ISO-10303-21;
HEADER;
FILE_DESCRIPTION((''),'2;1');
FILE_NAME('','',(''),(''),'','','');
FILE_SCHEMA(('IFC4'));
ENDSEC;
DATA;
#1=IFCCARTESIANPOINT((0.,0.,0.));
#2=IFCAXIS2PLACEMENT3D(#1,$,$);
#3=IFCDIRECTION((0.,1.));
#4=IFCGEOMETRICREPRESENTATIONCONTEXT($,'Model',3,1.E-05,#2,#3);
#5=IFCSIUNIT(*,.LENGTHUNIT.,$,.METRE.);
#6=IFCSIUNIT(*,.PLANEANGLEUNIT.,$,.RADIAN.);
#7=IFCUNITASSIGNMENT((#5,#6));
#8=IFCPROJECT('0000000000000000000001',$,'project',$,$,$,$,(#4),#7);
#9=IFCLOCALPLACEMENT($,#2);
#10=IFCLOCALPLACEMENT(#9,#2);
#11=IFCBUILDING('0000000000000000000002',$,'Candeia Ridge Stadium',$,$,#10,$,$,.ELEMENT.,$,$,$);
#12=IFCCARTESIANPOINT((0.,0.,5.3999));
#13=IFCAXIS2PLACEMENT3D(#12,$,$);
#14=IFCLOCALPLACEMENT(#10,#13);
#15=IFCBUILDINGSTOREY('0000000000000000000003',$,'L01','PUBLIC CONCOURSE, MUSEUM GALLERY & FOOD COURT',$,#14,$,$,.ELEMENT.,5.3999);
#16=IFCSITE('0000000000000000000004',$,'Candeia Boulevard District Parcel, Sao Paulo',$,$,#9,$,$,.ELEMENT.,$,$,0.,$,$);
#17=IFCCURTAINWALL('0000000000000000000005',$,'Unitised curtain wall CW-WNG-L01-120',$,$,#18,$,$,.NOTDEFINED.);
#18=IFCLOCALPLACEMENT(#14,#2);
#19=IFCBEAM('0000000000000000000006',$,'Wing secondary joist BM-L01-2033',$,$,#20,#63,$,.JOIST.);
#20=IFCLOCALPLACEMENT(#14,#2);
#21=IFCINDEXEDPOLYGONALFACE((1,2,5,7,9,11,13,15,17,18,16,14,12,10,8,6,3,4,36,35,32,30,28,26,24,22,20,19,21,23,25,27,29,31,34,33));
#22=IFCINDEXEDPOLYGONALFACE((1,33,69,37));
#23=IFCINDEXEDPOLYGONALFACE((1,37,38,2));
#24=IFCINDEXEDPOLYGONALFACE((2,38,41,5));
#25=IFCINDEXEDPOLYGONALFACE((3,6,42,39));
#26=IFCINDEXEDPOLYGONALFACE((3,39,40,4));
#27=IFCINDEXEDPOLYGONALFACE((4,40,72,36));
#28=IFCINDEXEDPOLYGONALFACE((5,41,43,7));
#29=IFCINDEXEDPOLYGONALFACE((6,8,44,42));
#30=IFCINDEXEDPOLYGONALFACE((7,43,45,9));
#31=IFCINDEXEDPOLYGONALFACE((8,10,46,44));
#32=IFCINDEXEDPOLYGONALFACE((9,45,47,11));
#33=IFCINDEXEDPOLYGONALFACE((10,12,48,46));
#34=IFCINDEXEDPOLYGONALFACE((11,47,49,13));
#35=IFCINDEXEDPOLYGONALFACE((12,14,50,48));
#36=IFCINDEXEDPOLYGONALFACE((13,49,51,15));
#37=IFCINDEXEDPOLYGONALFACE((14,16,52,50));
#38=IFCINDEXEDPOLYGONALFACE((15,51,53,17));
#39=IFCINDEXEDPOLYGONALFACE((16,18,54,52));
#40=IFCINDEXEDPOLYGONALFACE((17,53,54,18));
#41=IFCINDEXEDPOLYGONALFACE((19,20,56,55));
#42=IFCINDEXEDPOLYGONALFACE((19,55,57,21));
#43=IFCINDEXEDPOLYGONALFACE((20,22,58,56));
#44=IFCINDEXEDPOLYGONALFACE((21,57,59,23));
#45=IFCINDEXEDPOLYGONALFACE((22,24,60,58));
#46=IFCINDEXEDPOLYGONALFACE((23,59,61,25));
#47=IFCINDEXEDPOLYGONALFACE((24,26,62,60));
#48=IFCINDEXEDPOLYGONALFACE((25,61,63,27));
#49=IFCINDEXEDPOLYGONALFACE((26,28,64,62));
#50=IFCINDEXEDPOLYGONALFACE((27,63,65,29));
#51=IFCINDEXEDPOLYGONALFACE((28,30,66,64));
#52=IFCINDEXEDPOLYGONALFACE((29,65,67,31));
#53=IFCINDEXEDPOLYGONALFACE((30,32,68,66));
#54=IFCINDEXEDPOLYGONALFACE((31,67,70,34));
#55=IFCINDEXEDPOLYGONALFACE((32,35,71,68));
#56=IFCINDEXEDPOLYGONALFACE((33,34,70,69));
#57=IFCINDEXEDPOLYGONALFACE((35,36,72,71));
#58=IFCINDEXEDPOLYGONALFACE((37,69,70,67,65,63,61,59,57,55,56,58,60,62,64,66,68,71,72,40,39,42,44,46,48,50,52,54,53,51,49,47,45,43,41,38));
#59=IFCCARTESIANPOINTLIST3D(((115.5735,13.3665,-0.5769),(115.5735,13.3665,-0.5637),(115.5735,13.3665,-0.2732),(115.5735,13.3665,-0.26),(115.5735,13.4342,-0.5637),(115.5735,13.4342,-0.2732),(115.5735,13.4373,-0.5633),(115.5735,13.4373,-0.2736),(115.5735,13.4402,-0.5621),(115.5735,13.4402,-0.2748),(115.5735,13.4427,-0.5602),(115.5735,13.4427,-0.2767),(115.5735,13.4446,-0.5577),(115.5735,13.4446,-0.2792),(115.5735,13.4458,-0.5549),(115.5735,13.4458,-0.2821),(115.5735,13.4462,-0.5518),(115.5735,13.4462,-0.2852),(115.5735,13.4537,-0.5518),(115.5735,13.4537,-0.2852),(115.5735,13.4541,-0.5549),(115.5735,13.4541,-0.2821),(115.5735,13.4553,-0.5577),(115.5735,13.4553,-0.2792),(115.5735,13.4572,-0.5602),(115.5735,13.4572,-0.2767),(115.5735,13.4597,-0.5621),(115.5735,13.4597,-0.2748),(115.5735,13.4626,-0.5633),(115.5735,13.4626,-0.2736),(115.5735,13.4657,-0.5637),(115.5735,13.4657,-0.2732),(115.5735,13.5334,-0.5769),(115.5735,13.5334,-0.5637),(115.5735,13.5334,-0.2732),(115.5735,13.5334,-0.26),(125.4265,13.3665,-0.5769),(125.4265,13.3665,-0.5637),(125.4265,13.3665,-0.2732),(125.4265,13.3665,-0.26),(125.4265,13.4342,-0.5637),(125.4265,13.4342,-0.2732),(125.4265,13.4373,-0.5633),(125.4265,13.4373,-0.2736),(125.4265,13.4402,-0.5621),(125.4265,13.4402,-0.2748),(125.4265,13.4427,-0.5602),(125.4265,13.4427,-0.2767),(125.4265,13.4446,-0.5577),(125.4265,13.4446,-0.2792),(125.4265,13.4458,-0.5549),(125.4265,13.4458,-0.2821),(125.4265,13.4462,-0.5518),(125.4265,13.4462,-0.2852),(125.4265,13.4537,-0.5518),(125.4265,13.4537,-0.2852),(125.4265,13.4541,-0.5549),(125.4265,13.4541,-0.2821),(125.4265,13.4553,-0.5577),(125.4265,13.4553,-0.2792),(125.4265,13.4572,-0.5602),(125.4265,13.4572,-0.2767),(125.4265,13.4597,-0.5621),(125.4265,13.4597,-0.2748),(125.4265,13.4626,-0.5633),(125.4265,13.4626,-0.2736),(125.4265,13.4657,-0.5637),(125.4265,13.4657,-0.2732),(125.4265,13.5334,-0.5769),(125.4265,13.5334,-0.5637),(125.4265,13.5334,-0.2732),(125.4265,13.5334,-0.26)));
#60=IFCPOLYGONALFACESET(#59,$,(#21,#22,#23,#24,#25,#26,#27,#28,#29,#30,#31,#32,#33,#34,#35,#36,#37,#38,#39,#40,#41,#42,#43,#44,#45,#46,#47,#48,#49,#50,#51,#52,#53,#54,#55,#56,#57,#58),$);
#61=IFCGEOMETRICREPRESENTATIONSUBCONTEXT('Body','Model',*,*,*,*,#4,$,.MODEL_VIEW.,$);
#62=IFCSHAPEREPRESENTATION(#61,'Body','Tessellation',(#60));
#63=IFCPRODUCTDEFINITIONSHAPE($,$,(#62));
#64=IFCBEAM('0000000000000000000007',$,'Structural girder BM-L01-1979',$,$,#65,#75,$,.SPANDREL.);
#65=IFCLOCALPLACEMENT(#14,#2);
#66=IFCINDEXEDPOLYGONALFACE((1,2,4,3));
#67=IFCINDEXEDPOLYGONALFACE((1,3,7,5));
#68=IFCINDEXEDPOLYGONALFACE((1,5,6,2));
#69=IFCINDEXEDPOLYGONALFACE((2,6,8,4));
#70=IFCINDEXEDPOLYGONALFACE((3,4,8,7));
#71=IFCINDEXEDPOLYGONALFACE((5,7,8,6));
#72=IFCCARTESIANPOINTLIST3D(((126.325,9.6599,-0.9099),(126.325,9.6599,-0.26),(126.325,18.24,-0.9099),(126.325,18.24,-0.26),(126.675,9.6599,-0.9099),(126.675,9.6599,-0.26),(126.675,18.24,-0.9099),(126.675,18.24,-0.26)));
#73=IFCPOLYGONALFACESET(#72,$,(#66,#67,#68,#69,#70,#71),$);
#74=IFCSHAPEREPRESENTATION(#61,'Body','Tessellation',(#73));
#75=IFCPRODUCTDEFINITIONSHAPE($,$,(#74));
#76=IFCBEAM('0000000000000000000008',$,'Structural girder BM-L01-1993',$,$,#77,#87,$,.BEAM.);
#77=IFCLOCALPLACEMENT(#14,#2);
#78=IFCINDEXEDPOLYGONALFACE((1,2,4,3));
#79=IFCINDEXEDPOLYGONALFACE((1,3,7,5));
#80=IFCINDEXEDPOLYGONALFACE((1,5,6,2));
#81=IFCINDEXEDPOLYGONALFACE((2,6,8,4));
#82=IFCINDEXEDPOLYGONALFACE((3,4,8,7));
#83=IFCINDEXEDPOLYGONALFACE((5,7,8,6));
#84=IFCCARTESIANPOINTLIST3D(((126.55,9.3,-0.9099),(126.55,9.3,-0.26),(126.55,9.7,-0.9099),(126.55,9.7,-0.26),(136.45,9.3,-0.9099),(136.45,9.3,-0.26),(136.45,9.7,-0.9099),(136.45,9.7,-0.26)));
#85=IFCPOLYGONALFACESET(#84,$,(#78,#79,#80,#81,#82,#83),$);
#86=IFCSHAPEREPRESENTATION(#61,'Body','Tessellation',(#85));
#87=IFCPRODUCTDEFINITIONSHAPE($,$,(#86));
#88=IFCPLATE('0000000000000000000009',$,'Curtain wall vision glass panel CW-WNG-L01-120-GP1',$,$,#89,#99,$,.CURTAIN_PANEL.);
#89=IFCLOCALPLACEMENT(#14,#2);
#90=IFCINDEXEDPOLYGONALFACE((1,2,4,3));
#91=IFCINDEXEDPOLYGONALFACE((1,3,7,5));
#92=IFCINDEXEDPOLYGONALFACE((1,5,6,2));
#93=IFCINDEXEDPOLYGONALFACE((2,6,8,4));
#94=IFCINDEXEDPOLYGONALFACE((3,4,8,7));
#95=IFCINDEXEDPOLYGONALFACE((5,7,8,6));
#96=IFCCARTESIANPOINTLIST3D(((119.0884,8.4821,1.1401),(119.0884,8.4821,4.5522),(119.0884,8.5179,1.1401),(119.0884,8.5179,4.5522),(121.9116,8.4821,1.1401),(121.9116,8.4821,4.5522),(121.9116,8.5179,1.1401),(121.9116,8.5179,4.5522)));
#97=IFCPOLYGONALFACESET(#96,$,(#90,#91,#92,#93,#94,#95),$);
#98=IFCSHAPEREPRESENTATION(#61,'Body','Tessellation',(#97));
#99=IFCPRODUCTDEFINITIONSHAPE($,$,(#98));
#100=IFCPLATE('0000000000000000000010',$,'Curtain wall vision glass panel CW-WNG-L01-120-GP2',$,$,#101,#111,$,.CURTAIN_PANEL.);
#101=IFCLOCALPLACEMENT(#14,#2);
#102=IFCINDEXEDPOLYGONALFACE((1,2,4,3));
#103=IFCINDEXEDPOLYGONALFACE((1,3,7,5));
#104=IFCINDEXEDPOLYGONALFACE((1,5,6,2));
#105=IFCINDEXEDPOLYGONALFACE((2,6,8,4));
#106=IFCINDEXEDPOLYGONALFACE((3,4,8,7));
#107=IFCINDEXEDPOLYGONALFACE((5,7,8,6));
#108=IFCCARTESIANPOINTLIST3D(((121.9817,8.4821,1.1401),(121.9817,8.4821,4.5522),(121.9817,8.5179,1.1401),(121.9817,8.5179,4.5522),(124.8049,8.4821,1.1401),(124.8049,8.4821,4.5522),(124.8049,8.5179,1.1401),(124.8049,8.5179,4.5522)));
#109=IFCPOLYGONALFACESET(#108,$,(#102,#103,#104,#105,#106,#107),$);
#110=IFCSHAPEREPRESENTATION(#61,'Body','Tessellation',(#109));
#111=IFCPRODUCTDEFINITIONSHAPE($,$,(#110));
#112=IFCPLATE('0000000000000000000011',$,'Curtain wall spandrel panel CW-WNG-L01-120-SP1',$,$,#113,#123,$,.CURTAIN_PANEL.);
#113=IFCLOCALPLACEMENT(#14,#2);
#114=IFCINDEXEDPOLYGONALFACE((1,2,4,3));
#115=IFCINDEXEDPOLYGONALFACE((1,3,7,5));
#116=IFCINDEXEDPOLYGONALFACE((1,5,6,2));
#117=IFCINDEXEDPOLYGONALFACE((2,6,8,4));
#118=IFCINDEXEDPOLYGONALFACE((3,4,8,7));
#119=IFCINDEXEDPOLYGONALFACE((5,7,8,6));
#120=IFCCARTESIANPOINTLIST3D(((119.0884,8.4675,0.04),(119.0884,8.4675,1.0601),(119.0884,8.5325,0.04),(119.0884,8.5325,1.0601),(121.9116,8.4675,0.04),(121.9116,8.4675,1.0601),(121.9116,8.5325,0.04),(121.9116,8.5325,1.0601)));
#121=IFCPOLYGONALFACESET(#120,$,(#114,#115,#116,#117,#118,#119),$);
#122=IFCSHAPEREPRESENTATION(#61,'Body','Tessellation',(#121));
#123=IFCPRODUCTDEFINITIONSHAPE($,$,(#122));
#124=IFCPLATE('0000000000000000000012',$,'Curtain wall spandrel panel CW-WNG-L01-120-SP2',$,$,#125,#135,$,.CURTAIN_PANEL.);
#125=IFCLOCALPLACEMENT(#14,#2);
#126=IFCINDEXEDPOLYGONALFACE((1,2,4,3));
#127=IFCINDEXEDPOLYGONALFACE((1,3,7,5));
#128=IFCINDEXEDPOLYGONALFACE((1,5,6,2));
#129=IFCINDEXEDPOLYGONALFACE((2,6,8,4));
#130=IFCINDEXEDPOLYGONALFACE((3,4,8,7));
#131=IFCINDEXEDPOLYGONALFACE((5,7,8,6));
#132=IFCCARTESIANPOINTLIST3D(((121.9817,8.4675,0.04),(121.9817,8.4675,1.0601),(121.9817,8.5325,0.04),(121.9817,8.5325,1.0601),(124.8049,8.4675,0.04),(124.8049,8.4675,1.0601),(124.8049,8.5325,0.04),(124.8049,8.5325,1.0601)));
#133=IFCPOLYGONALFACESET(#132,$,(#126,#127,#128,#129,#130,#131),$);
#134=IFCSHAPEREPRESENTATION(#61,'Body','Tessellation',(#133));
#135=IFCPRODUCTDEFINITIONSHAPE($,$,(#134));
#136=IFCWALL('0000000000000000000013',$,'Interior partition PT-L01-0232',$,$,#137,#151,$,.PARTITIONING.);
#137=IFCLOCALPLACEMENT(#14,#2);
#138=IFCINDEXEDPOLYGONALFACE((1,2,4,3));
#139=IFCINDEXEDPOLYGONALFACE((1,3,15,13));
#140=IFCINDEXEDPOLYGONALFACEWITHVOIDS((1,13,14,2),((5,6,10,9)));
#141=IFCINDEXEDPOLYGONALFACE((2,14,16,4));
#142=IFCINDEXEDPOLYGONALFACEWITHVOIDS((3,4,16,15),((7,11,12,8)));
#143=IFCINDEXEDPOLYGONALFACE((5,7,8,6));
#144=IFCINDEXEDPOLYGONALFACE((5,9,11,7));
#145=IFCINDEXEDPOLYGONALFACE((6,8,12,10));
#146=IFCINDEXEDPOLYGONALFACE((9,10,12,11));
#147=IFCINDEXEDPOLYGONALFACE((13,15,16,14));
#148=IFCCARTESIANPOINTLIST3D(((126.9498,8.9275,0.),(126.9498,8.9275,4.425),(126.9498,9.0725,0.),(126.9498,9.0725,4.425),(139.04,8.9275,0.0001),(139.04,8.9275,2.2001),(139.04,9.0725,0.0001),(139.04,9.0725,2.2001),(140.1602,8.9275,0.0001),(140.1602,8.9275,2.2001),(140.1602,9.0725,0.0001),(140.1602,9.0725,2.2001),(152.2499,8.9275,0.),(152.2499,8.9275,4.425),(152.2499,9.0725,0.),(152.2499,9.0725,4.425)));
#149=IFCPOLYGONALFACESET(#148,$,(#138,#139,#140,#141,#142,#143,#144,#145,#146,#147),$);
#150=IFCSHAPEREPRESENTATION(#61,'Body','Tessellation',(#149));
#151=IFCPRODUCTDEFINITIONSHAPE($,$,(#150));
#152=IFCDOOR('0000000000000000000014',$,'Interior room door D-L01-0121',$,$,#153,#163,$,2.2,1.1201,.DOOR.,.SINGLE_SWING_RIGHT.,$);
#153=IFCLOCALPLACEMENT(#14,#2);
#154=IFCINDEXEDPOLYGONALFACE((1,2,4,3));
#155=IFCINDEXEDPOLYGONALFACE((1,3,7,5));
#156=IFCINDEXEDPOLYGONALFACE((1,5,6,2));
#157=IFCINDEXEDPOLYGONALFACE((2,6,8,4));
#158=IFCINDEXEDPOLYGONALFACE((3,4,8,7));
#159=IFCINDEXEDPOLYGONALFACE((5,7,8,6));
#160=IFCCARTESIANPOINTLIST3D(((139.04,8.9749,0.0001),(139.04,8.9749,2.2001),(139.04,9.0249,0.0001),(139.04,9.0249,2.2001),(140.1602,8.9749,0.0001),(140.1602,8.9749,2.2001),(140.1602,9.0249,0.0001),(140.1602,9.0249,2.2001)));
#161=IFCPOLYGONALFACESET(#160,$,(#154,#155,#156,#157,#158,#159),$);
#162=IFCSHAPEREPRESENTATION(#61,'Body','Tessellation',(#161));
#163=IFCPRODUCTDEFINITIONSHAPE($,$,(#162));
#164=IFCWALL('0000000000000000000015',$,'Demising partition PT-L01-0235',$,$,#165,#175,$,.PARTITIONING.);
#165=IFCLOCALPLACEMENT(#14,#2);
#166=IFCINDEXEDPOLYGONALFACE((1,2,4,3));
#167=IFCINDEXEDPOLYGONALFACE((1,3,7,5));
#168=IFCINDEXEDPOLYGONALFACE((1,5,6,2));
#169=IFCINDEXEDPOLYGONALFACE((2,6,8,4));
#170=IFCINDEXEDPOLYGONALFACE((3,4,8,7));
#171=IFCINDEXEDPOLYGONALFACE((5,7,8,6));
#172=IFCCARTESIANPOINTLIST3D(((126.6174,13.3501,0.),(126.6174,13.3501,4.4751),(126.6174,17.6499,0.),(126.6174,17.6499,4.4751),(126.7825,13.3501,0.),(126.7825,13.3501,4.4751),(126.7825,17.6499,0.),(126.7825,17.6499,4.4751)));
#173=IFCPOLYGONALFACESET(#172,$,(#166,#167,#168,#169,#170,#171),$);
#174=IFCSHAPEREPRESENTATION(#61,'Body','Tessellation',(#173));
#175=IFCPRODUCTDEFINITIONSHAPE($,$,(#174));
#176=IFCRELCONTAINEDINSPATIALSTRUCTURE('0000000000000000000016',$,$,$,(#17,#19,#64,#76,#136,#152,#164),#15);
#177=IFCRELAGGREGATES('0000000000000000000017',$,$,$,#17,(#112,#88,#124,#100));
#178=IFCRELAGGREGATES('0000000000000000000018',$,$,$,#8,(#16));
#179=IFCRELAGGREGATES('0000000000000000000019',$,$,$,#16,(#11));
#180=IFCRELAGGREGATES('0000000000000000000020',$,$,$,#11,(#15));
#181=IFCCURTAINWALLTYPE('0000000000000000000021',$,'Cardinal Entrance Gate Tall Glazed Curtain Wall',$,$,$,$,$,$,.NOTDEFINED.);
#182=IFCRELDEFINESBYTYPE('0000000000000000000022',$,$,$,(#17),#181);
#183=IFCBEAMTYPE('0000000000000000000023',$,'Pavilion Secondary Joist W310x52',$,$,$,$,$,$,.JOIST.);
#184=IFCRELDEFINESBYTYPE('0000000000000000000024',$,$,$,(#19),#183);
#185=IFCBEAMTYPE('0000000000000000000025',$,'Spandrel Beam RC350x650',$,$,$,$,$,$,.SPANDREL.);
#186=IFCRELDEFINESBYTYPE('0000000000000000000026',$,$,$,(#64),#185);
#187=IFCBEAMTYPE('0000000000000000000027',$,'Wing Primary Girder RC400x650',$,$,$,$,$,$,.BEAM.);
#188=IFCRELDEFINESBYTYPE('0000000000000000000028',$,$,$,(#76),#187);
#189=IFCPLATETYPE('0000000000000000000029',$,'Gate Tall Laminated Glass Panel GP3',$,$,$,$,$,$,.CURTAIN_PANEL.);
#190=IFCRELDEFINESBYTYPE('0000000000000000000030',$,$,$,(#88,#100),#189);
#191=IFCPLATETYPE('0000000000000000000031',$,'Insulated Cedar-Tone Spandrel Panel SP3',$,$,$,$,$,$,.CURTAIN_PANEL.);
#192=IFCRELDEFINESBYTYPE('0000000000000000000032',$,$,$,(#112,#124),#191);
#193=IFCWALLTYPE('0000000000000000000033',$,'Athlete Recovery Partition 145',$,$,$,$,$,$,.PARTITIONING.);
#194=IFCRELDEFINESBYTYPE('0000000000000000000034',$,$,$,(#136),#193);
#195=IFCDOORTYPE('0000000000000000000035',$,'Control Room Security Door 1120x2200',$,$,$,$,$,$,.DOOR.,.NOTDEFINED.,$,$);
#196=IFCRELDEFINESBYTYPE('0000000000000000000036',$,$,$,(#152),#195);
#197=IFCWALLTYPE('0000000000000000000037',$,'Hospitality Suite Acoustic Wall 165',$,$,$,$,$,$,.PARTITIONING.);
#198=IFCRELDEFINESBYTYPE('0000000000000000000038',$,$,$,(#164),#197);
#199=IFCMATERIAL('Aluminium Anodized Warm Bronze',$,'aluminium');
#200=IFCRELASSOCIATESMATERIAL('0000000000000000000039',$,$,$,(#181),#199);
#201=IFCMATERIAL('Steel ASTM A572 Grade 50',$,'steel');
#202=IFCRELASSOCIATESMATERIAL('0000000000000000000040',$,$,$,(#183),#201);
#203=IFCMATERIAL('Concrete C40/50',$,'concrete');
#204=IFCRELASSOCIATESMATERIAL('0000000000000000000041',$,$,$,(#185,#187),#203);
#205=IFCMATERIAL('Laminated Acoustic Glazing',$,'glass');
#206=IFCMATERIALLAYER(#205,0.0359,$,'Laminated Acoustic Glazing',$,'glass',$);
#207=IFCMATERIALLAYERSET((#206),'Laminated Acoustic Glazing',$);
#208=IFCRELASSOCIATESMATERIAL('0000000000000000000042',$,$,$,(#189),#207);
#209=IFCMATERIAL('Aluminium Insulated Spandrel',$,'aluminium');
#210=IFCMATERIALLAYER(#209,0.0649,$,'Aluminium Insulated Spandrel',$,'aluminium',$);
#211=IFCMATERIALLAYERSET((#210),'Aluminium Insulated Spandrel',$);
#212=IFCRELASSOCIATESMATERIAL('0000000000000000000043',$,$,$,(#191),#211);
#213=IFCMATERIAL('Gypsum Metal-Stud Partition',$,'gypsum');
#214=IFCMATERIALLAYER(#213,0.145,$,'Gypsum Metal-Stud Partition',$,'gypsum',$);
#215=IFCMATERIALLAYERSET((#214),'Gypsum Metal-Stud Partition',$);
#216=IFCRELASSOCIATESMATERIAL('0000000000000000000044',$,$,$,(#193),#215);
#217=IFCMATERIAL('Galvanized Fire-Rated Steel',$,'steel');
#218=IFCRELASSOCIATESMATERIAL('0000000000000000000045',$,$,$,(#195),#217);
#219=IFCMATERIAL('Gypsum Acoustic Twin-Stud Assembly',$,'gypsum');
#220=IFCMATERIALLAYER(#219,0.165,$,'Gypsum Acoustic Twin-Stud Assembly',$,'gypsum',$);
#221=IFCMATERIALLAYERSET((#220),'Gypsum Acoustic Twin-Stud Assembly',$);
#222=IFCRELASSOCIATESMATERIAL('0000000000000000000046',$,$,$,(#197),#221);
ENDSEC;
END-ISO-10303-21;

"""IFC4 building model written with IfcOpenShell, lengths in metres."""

from ifc_helpers import new_model, si_unit, direction, frame, frame_2d, origin, origin_2d, place, context, subcontext, project, spatial, rectangle, i_section, extrude, material, layer, layer_set, material_profile, profile_set, type_object, element, fill, aggregate, save


model = new_model("IFC4")

# Units and contexts
model_context = context("Model", 3, precision=1e-05, world=origin(), true_north=direction((0.0, 1.0)))
body_context = subcontext(model_context, "Body", "Model", "MODEL_VIEW")
ifc_project = project(units=[si_unit("LENGTHUNIT", "METRE"), si_unit("PLANEANGLEUNIT", "RADIAN")], contexts=[model_context])

# Site, building, storey
site_placement = place(None, origin())
site = spatial("IfcSite", under=ifc_project, at=site_placement, Name="Candeia Boulevard District Parcel, Sao Paulo", CompositionType="ELEMENT", RefElevation=0.0)
building_placement = place(site_placement, origin())
building = spatial("IfcBuilding", under=site, at=building_placement, Name="Candeia Ridge Stadium", CompositionType="ELEMENT")
storey_placement = place(building_placement, frame((0.0, 0.0, 5.3999)))
storey = spatial("IfcBuildingStorey", under=building, at=storey_placement, Name="L01", Description="PUBLIC CONCOURSE, MUSEUM GALLERY & FOOD COURT", CompositionType="ELEMENT", Elevation=5.3999)

# Shared definitions
ifc_material_1 = material(Name="Steel ASTM A572 Grade 50", Category="steel")
ifc_material_2 = material(Name="Concrete C40/50", Category="concrete")

# Curtain wall
ifc_material_3 = material(Name="Aluminium Anodized Warm Bronze", Category="aluminium")
curtain_wall_type = type_object("IfcCurtainWallType", Name="Cardinal Entrance Gate Tall Glazed Curtain Wall", PredefinedType="NOTDEFINED", material=ifc_material_3)
curtain_wall_placement = place(storey_placement, origin())
curtain_wall = element("IfcCurtainWall", 1, at=curtain_wall_placement, inside=storey, type_object=curtain_wall_type, Name="Unitised curtain wall CW-WNG-L01-120", PredefinedType="NOTDEFINED")

# Beams
ifc_material_profile_1 = material_profile(ifc_material_1, i_section(OverallWidth=0.167, OverallDepth=0.3169, WebThickness=0.0076, FlangeThickness=0.0132, FilletRadius=0.012, at=origin_2d()), Name="W310x52", Category="steel")
ifc_profile_set_1 = profile_set([ifc_material_profile_1], Name="Steel ASTM A572 Grade 50")
beam_type_1 = type_object("IfcBeamType", Name="Pavilion Secondary Joist W310x52", PredefinedType="JOIST", material=ifc_profile_set_1)
beam_1_placement = place(storey_placement, frame((115.5735, 13.45, -0.4185), z_axis=(1.0, 0.0, 0.0), x_axis=(0.0, 1.0, 0.0)))
element("IfcBeam", 2, at=beam_1_placement, inside=storey, type_object=beam_type_1, Name="Wing secondary joist BM-L01-2033", PredefinedType="JOIST", context=body_context, shape_type="SweptSolid", body=[
    extrude(i_section(OverallWidth=0.167, OverallDepth=0.3169, WebThickness=0.0076, FlangeThickness=0.0132, FilletRadius=0.012, at=origin_2d()), origin(), (0.0, 0.0, 1.0), 9.853),
])
ifc_material_profile_2 = material_profile(ifc_material_2, rectangle(XDim=0.3501, YDim=0.6499, at=origin_2d()), Name="RC350x650", Category="concrete")
ifc_profile_set_2 = profile_set([ifc_material_profile_2], Name="Concrete C40/50")
beam_type_2 = type_object("IfcBeamType", Name="Spandrel Beam RC350x650", PredefinedType="SPANDREL", material=ifc_profile_set_2)
beam_2_placement = place(storey_placement, frame((126.5, 9.6599, -0.585), z_axis=(0.0, 1.0, 0.0), x_axis=(-1.0, 0.0, 0.0)))
element("IfcBeam", 3, at=beam_2_placement, inside=storey, type_object=beam_type_2, Name="Structural girder BM-L01-1979", PredefinedType="SPANDREL", context=body_context, shape_type="SweptSolid", body=[
    extrude(rectangle(XDim=0.3501, YDim=0.6499, at=origin_2d()), origin(), (0.0, 0.0, 1.0), 8.5801),
])
ifc_material_profile_3 = material_profile(ifc_material_2, rectangle(XDim=0.3999, YDim=0.6499, at=origin_2d()), Name="RC400x650", Category="concrete")
ifc_profile_set_3 = profile_set([ifc_material_profile_3], Name="Concrete C40/50")
beam_type_3 = type_object("IfcBeamType", Name="Wing Primary Girder RC400x650", PredefinedType="BEAM", material=ifc_profile_set_3)
beam_3_placement = place(storey_placement, frame((126.55, 9.5, -0.585), z_axis=(1.0, 0.0, 0.0), x_axis=(0.0, 1.0, 0.0)))
element("IfcBeam", 4, at=beam_3_placement, inside=storey, type_object=beam_type_3, Name="Structural girder BM-L01-1993", PredefinedType="BEAM", context=body_context, shape_type="SweptSolid", body=[
    extrude(rectangle(XDim=0.3999, YDim=0.6499, at=origin_2d()), origin(), (0.0, 0.0, 1.0), 9.8999),
])

# Plates
ifc_material_4 = material(Name="Laminated Acoustic Glazing", Category="glass")
ifc_layer_1 = layer(ifc_material_4, 0.0359, Name="Laminated Acoustic Glazing", Category="glass")
ifc_layer_set_1 = layer_set([ifc_layer_1], Name="Laminated Acoustic Glazing")
plate_type_1 = type_object("IfcPlateType", Name="Gate Tall Laminated Glass Panel GP3", PredefinedType="CURTAIN_PANEL", material=ifc_layer_set_1)
plate_1_placement = place(storey_placement, frame((120.5, 8.5, 1.1401), z_axis=(0.0, 0.0, 1.0), x_axis=(1.0, 0.0, 0.0)))
plate_1 = element("IfcPlate", 5, at=plate_1_placement, type_object=plate_type_1, Name="Curtain wall vision glass panel CW-WNG-L01-120-GP1", PredefinedType="CURTAIN_PANEL", context=body_context, shape_type="SweptSolid", body=[
    extrude(rectangle(XDim=2.8232, YDim=0.0359, at=origin_2d()), origin(), (0.0, 0.0, 1.0), 3.4121),
])
plate_2_placement = place(storey_placement, frame((123.3933, 8.5, 1.1401), z_axis=(0.0, 0.0, 1.0), x_axis=(1.0, 0.0, 0.0)))
plate_2 = element("IfcPlate", 6, at=plate_2_placement, type_object=plate_type_1, Name="Curtain wall vision glass panel CW-WNG-L01-120-GP2", PredefinedType="CURTAIN_PANEL", context=body_context, shape_type="SweptSolid", body=[
    extrude(rectangle(XDim=2.8232, YDim=0.0359, at=origin_2d()), origin(), (0.0, 0.0, 1.0), 3.4121),
])
ifc_material_5 = material(Name="Aluminium Insulated Spandrel", Category="aluminium")
ifc_layer_2 = layer(ifc_material_5, 0.0649, Name="Aluminium Insulated Spandrel", Category="aluminium")
ifc_layer_set_2 = layer_set([ifc_layer_2], Name="Aluminium Insulated Spandrel")
plate_type_2 = type_object("IfcPlateType", Name="Insulated Cedar-Tone Spandrel Panel SP3", PredefinedType="CURTAIN_PANEL", material=ifc_layer_set_2)
plate_3_placement = place(storey_placement, frame((120.5, 8.5, 0.04), z_axis=(0.0, 0.0, 1.0), x_axis=(1.0, 0.0, 0.0)))
plate_3 = element("IfcPlate", 7, at=plate_3_placement, type_object=plate_type_2, Name="Curtain wall spandrel panel CW-WNG-L01-120-SP1", PredefinedType="CURTAIN_PANEL", context=body_context, shape_type="SweptSolid", body=[
    extrude(rectangle(XDim=2.8232, YDim=0.0649, at=origin_2d()), origin(), (0.0, 0.0, 1.0), 1.02),
])
plate_4_placement = place(storey_placement, frame((123.3933, 8.5, 0.04), z_axis=(0.0, 0.0, 1.0), x_axis=(1.0, 0.0, 0.0)))
plate_4 = element("IfcPlate", 8, at=plate_4_placement, type_object=plate_type_2, Name="Curtain wall spandrel panel CW-WNG-L01-120-SP2", PredefinedType="CURTAIN_PANEL", context=body_context, shape_type="SweptSolid", body=[
    extrude(rectangle(XDim=2.8232, YDim=0.0649, at=origin_2d()), origin(), (0.0, 0.0, 1.0), 1.02),
])
aggregate(curtain_wall, [plate_3, plate_1, plate_4, plate_2])

# Wall, opening, door
ifc_material_6 = material(Name="Gypsum Metal-Stud Partition", Category="gypsum")
ifc_layer_3 = layer(ifc_material_6, 0.145, Name="Gypsum Metal-Stud Partition", Category="gypsum")
ifc_layer_set_3 = layer_set([ifc_layer_3], Name="Gypsum Metal-Stud Partition")
wall_type_1 = type_object("IfcWallType", Name="Athlete Recovery Partition 145", PredefinedType="PARTITIONING", material=ifc_layer_set_3)
wall_1_placement = place(storey_placement, frame((126.95, 9.0, 0.0), z_axis=(0.0, 0.0, 1.0), x_axis=(1.0, 0.0, 0.0)))
wall_1 = element("IfcWall", 9, at=wall_1_placement, inside=storey, type_object=wall_type_1, Name="Interior partition PT-L01-0232", PredefinedType="PARTITIONING", context=body_context, shape_type="SweptSolid", body=[
    extrude(rectangle(XDim=25.3, YDim=0.145, at=frame_2d((12.6499, 0.0))), origin(), (0.0, 0.0, 1.0), 4.425),
])
opening_placement = place(wall_1_placement, frame((12.0901, 0.0, 0.0)))
opening = element("IfcOpeningElement", 10, at=opening_placement, cuts=wall_1, PredefinedType="OPENING", context=body_context, shape_type="SweptSolid", body=[
    extrude(rectangle(XDim=1.1201, YDim=2.2, at=frame_2d((0.5601, 1.1001))), frame((0.0, 0.0825, 0.0), z_axis=(0.0, -1.0, 0.0), x_axis=(1.0, 0.0, 0.0)), (0.0, 0.0, 1.0), 0.165),
])
ifc_material_7 = material(Name="Galvanized Fire-Rated Steel", Category="steel")
door_type = type_object("IfcDoorType", Name="Control Room Security Door 1120x2200", OperationType="NOTDEFINED", PredefinedType="DOOR", material=ifc_material_7)
door_placement = place(opening_placement, origin())
door = element("IfcDoor", 11, at=door_placement, inside=storey, type_object=door_type, Name="Interior room door D-L01-0121", OperationType="SINGLE_SWING_RIGHT", OverallHeight=2.2, OverallWidth=1.1201, PredefinedType="DOOR", context=body_context, shape_type="SweptSolid", body=[
    extrude(rectangle(XDim=1.1201, YDim=2.2, at=frame_2d((0.5601, 1.1001))), frame((0.0, 0.0249, 0.0), z_axis=(0.0, -1.0, 0.0), x_axis=(1.0, 0.0, 0.0)), (0.0, 0.0, 1.0), 0.05),
])
fill(opening, door)

# Wall
ifc_material_8 = material(Name="Gypsum Acoustic Twin-Stud Assembly", Category="gypsum")
ifc_layer_4 = layer(ifc_material_8, 0.165, Name="Gypsum Acoustic Twin-Stud Assembly", Category="gypsum")
ifc_layer_set_4 = layer_set([ifc_layer_4], Name="Gypsum Acoustic Twin-Stud Assembly")
wall_type_2 = type_object("IfcWallType", Name="Hospitality Suite Acoustic Wall 165", PredefinedType="PARTITIONING", material=ifc_layer_set_4)
wall_2_placement = place(storey_placement, frame((126.7, 13.3501, 0.0), z_axis=(0.0, 0.0, 1.0), x_axis=(0.0, 1.0, 0.0)))
element("IfcWall", 12, at=wall_2_placement, inside=storey, type_object=wall_type_2, Name="Demising partition PT-L01-0235", PredefinedType="PARTITIONING", context=body_context, shape_type="SweptSolid", body=[
    extrude(rectangle(XDim=4.2998, YDim=0.165, at=frame_2d((2.1499, 0.0))), origin(), (0.0, 0.0, 1.0), 4.4751),
])

save(model, "model.ifc")
